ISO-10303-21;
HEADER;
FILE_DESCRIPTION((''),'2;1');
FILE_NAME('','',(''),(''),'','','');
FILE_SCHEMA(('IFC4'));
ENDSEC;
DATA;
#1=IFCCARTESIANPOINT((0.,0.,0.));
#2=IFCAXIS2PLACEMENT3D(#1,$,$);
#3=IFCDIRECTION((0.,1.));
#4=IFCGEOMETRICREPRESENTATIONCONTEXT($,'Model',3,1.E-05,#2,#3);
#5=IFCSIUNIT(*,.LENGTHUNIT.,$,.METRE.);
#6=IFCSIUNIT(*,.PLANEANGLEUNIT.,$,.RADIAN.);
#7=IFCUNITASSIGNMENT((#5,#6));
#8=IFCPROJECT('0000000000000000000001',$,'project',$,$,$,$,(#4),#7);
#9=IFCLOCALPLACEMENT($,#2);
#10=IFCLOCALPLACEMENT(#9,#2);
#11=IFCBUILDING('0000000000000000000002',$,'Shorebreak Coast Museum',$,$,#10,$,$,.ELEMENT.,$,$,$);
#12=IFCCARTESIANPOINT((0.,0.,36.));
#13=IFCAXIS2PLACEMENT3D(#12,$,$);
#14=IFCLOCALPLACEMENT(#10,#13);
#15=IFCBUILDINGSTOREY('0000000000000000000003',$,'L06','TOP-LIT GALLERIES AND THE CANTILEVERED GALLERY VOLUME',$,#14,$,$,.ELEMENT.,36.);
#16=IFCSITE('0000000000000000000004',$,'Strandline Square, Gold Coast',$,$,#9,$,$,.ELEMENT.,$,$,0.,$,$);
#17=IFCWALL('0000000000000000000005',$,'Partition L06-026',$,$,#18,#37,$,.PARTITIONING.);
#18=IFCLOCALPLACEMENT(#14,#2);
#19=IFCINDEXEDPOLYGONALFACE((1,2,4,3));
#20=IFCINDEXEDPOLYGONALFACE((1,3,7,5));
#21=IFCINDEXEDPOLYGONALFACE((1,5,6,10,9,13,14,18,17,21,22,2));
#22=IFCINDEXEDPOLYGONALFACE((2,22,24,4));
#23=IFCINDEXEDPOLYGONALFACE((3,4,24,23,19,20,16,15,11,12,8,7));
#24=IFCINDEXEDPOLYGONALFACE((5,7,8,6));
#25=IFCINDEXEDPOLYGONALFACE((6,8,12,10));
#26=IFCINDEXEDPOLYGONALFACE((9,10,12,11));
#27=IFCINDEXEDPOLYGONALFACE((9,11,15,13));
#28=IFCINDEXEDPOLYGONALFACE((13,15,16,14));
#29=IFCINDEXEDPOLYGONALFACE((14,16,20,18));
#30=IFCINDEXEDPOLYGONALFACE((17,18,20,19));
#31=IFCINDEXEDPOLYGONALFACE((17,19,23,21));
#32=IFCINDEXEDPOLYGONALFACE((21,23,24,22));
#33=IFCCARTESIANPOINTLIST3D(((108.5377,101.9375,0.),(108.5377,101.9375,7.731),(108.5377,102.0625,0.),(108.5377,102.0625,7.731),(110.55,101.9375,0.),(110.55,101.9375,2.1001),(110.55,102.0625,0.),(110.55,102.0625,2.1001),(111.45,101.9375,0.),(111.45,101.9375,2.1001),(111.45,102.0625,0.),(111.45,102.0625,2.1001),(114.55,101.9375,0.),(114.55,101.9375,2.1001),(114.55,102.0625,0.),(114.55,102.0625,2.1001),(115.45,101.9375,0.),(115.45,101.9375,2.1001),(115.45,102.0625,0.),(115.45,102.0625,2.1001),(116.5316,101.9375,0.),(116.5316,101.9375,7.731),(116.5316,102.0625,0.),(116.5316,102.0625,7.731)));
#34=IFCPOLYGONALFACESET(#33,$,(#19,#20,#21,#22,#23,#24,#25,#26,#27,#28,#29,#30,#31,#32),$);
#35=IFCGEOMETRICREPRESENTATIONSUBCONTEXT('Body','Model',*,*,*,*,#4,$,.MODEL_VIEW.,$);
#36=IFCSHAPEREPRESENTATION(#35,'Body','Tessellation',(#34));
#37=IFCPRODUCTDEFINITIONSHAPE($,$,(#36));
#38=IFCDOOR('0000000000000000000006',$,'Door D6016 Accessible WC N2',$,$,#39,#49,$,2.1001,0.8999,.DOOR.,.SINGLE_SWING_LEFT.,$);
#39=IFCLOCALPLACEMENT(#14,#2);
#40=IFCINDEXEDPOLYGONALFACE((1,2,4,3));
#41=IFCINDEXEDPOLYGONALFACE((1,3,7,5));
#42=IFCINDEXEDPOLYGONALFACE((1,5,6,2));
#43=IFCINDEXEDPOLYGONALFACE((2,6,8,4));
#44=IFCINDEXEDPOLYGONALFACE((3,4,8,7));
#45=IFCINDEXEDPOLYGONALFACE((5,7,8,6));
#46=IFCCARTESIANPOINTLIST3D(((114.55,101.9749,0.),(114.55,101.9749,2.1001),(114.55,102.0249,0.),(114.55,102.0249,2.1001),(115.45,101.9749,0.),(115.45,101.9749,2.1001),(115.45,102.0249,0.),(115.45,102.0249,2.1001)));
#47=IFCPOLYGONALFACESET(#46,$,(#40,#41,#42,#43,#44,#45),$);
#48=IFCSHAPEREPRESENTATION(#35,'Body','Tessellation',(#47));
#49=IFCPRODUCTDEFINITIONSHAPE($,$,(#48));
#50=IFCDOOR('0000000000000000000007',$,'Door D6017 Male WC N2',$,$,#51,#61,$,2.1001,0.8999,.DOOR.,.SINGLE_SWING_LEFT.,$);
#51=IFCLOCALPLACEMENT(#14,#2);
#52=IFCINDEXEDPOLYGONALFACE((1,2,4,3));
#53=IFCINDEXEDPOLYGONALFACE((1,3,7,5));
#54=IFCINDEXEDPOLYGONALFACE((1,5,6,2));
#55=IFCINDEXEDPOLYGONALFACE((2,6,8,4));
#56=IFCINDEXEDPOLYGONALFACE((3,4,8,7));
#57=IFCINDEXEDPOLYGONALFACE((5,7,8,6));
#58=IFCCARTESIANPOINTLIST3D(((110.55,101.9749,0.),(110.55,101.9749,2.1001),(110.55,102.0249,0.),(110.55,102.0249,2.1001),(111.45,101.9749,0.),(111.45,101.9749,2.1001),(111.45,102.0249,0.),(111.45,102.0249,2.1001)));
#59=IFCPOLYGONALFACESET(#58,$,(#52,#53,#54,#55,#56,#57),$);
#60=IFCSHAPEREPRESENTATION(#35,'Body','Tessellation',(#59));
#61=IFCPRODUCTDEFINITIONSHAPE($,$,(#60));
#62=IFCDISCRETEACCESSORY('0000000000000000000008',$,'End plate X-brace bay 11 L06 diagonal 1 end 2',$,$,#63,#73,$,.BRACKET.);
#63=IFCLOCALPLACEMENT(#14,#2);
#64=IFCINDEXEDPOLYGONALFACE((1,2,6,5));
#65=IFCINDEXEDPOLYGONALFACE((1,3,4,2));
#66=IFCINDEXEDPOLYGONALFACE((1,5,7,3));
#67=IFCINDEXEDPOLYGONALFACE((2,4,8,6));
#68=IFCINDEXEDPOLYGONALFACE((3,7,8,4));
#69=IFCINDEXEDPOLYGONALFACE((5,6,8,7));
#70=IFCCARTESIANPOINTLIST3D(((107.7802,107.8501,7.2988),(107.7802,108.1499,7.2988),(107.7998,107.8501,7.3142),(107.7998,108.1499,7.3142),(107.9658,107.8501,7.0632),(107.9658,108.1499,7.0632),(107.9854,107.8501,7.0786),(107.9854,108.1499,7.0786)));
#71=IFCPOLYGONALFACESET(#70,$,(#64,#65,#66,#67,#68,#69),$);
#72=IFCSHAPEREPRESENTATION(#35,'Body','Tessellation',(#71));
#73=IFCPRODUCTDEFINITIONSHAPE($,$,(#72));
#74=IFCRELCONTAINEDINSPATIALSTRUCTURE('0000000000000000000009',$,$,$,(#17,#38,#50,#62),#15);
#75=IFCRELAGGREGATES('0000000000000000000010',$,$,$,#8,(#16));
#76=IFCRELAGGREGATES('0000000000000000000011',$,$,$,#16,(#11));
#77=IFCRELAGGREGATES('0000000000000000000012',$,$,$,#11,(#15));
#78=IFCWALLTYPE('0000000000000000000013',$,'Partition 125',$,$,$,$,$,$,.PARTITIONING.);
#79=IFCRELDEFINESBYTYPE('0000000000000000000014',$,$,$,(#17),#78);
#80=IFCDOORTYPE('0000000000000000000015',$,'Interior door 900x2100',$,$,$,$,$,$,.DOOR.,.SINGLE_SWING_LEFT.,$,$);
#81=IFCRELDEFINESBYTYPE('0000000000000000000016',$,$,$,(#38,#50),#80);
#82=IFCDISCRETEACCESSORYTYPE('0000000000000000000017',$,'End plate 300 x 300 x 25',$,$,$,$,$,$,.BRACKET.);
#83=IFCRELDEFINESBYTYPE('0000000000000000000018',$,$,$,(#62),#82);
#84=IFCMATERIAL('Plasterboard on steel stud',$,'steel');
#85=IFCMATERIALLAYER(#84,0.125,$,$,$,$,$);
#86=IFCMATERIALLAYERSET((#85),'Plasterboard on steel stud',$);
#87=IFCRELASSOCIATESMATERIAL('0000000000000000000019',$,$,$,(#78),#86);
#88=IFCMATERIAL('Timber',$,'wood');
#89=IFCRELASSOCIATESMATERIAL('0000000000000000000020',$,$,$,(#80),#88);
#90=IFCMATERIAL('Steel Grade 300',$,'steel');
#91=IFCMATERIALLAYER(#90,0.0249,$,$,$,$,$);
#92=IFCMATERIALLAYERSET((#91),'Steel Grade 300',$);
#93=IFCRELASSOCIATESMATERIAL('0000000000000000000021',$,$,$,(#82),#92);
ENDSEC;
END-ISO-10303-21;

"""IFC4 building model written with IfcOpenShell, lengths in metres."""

from ifc_helpers import new_model, si_unit, direction, frame, frame_2d, origin, place, context, subcontext, project, spatial, polyline, rectangle, outline, extrude, material, layer, layer_set, type_object, element, fill, save


model = new_model("IFC4")

# Units and contexts
model_context = context("Model", 3, precision=1e-05, world=origin(), true_north=direction((0.0, 1.0)))
body_context = subcontext(model_context, "Body", "Model", "MODEL_VIEW")
ifc_project = project(units=[si_unit("LENGTHUNIT", "METRE"), si_unit("PLANEANGLEUNIT", "RADIAN")], contexts=[model_context])

# Site, building, storey
site_placement = place(None, origin())
site = spatial("IfcSite", under=ifc_project, at=site_placement, Name="Strandline Square, Gold Coast", CompositionType="ELEMENT", RefElevation=0.0)
building_placement = place(site_placement, origin())
building = spatial("IfcBuilding", under=site, at=building_placement, Name="Shorebreak Coast Museum", CompositionType="ELEMENT")
storey_placement = place(building_placement, frame((0.0, 0.0, 36.0)))
storey = spatial("IfcBuildingStorey", under=building, at=storey_placement, Name="L06", Description="TOP-LIT GALLERIES AND THE CANTILEVERED GALLERY VOLUME", CompositionType="ELEMENT", Elevation=36.0)

# Wall, openings, doors
ifc_material_1 = material(Name="Plasterboard on steel stud", Category="steel")
ifc_layer_1 = layer(ifc_material_1, 0.125)
ifc_layer_set_1 = layer_set([ifc_layer_1], Name="Plasterboard on steel stud")
wall_type_1 = type_object("IfcWallType", Name="Partition 125", PredefinedType="PARTITIONING", material=ifc_layer_set_1)
wall_1_placement = place(storey_placement, frame((108.5376, 102.0, 0.0), z_axis=(0.0, 0.0, 1.0), x_axis=(1.0, 0.0, 0.0)))
wall_1 = element("IfcWall", 1, at=wall_1_placement, inside=storey, type_object=wall_type_1, Name="Partition L06-026", PredefinedType="PARTITIONING", context=body_context, shape_type="SweptSolid", body=[
    extrude(rectangle(XDim=7.9939, YDim=0.125, at=frame_2d((3.9971, 0.0))), origin(), (0.0, 0.0, 1.0), 7.731),
])
opening_1_placement = place(wall_1_placement, frame((6.0125, 0.0, 0.0)))
opening_1 = element("IfcOpeningElement", 2, at=opening_1_placement, cuts=wall_1, PredefinedType="OPENING", context=body_context, shape_type="SweptSolid", body=[
    extrude(rectangle(XDim=0.8999, YDim=2.1001, at=frame_2d((0.45, 1.05))), frame((0.0, 0.0725, 0.0), z_axis=(0.0, -1.0, 0.0), x_axis=(1.0, 0.0, 0.0)), (0.0, 0.0, 1.0), 0.145),
])
opening_2_placement = place(wall_1_placement, frame((2.0125, 0.0, 0.0)))
opening_2 = element("IfcOpeningElement", 3, at=opening_2_placement, cuts=wall_1, PredefinedType="OPENING", context=body_context, shape_type="SweptSolid", body=[
    extrude(rectangle(XDim=0.8999, YDim=2.1001, at=frame_2d((0.45, 1.05))), frame((0.0, 0.0725, 0.0), z_axis=(0.0, -1.0, 0.0), x_axis=(1.0, 0.0, 0.0)), (0.0, 0.0, 1.0), 0.145),
])
ifc_material_2 = material(Name="Timber", Category="wood")
door_type = type_object("IfcDoorType", Name="Interior door 900x2100", OperationType="SINGLE_SWING_LEFT", PredefinedType="DOOR", material=ifc_material_2)
door_1_placement = place(opening_1_placement, origin())
door_1 = element("IfcDoor", 4, at=door_1_placement, inside=storey, type_object=door_type, Name="Door D6016 Accessible WC N2", OperationType="SINGLE_SWING_LEFT", OverallHeight=2.1001, OverallWidth=0.8999, PredefinedType="DOOR", context=body_context, shape_type="SweptSolid", body=[
    extrude(rectangle(XDim=0.8999, YDim=2.1001, at=frame_2d((0.45, 1.05))), frame((0.0, 0.0249, 0.0), z_axis=(0.0, -1.0, 0.0), x_axis=(1.0, 0.0, 0.0)), (0.0, 0.0, 1.0), 0.05),
])
fill(opening_1, door_1)
door_2_placement = place(opening_2_placement, origin())
door_2 = element("IfcDoor", 5, at=door_2_placement, inside=storey, type_object=door_type, Name="Door D6017 Male WC N2", OperationType="SINGLE_SWING_LEFT", OverallHeight=2.1001, OverallWidth=0.8999, PredefinedType="DOOR", context=body_context, shape_type="SweptSolid", body=[
    extrude(rectangle(XDim=0.8999, YDim=2.1001, at=frame_2d((0.45, 1.05))), frame((0.0, 0.0249, 0.0), z_axis=(0.0, -1.0, 0.0), x_axis=(1.0, 0.0, 0.0)), (0.0, 0.0, 1.0), 0.05),
])
fill(opening_2, door_2)

# Discrete accessory
ifc_material_3 = material(Name="Steel Grade 300", Category="steel")
ifc_layer_2 = layer(ifc_material_3, 0.0249)
ifc_layer_set_2 = layer_set([ifc_layer_2], Name="Steel Grade 300")
discrete_accessory_type = type_object("IfcDiscreteAccessoryType", Name="End plate 300 x 300 x 25", PredefinedType="BRACKET", material=ifc_layer_set_2)
discrete_accessory_placement = place(storey_placement, frame((107.9854, 107.8501, 7.0786), z_axis=(0.785612, 0.0, 0.61872), x_axis=(0.0, 1.0, 0.0)))
element("IfcDiscreteAccessory", 6, at=discrete_accessory_placement, inside=storey, type_object=discrete_accessory_type, Name="End plate X-brace bay 11 L06 diagonal 1 end 2", PredefinedType="BRACKET", context=body_context, shape_type="SweptSolid", body=[
    extrude(outline(polyline([(0.0, 0.0), (0.2998, 0.0), (0.2998, 0.2999), (0.0, 0.2999), (0.0, 0.0)])), origin(), (0.0, 0.0, -1.0), 0.0249),
])

save(model, "model.ifc")
